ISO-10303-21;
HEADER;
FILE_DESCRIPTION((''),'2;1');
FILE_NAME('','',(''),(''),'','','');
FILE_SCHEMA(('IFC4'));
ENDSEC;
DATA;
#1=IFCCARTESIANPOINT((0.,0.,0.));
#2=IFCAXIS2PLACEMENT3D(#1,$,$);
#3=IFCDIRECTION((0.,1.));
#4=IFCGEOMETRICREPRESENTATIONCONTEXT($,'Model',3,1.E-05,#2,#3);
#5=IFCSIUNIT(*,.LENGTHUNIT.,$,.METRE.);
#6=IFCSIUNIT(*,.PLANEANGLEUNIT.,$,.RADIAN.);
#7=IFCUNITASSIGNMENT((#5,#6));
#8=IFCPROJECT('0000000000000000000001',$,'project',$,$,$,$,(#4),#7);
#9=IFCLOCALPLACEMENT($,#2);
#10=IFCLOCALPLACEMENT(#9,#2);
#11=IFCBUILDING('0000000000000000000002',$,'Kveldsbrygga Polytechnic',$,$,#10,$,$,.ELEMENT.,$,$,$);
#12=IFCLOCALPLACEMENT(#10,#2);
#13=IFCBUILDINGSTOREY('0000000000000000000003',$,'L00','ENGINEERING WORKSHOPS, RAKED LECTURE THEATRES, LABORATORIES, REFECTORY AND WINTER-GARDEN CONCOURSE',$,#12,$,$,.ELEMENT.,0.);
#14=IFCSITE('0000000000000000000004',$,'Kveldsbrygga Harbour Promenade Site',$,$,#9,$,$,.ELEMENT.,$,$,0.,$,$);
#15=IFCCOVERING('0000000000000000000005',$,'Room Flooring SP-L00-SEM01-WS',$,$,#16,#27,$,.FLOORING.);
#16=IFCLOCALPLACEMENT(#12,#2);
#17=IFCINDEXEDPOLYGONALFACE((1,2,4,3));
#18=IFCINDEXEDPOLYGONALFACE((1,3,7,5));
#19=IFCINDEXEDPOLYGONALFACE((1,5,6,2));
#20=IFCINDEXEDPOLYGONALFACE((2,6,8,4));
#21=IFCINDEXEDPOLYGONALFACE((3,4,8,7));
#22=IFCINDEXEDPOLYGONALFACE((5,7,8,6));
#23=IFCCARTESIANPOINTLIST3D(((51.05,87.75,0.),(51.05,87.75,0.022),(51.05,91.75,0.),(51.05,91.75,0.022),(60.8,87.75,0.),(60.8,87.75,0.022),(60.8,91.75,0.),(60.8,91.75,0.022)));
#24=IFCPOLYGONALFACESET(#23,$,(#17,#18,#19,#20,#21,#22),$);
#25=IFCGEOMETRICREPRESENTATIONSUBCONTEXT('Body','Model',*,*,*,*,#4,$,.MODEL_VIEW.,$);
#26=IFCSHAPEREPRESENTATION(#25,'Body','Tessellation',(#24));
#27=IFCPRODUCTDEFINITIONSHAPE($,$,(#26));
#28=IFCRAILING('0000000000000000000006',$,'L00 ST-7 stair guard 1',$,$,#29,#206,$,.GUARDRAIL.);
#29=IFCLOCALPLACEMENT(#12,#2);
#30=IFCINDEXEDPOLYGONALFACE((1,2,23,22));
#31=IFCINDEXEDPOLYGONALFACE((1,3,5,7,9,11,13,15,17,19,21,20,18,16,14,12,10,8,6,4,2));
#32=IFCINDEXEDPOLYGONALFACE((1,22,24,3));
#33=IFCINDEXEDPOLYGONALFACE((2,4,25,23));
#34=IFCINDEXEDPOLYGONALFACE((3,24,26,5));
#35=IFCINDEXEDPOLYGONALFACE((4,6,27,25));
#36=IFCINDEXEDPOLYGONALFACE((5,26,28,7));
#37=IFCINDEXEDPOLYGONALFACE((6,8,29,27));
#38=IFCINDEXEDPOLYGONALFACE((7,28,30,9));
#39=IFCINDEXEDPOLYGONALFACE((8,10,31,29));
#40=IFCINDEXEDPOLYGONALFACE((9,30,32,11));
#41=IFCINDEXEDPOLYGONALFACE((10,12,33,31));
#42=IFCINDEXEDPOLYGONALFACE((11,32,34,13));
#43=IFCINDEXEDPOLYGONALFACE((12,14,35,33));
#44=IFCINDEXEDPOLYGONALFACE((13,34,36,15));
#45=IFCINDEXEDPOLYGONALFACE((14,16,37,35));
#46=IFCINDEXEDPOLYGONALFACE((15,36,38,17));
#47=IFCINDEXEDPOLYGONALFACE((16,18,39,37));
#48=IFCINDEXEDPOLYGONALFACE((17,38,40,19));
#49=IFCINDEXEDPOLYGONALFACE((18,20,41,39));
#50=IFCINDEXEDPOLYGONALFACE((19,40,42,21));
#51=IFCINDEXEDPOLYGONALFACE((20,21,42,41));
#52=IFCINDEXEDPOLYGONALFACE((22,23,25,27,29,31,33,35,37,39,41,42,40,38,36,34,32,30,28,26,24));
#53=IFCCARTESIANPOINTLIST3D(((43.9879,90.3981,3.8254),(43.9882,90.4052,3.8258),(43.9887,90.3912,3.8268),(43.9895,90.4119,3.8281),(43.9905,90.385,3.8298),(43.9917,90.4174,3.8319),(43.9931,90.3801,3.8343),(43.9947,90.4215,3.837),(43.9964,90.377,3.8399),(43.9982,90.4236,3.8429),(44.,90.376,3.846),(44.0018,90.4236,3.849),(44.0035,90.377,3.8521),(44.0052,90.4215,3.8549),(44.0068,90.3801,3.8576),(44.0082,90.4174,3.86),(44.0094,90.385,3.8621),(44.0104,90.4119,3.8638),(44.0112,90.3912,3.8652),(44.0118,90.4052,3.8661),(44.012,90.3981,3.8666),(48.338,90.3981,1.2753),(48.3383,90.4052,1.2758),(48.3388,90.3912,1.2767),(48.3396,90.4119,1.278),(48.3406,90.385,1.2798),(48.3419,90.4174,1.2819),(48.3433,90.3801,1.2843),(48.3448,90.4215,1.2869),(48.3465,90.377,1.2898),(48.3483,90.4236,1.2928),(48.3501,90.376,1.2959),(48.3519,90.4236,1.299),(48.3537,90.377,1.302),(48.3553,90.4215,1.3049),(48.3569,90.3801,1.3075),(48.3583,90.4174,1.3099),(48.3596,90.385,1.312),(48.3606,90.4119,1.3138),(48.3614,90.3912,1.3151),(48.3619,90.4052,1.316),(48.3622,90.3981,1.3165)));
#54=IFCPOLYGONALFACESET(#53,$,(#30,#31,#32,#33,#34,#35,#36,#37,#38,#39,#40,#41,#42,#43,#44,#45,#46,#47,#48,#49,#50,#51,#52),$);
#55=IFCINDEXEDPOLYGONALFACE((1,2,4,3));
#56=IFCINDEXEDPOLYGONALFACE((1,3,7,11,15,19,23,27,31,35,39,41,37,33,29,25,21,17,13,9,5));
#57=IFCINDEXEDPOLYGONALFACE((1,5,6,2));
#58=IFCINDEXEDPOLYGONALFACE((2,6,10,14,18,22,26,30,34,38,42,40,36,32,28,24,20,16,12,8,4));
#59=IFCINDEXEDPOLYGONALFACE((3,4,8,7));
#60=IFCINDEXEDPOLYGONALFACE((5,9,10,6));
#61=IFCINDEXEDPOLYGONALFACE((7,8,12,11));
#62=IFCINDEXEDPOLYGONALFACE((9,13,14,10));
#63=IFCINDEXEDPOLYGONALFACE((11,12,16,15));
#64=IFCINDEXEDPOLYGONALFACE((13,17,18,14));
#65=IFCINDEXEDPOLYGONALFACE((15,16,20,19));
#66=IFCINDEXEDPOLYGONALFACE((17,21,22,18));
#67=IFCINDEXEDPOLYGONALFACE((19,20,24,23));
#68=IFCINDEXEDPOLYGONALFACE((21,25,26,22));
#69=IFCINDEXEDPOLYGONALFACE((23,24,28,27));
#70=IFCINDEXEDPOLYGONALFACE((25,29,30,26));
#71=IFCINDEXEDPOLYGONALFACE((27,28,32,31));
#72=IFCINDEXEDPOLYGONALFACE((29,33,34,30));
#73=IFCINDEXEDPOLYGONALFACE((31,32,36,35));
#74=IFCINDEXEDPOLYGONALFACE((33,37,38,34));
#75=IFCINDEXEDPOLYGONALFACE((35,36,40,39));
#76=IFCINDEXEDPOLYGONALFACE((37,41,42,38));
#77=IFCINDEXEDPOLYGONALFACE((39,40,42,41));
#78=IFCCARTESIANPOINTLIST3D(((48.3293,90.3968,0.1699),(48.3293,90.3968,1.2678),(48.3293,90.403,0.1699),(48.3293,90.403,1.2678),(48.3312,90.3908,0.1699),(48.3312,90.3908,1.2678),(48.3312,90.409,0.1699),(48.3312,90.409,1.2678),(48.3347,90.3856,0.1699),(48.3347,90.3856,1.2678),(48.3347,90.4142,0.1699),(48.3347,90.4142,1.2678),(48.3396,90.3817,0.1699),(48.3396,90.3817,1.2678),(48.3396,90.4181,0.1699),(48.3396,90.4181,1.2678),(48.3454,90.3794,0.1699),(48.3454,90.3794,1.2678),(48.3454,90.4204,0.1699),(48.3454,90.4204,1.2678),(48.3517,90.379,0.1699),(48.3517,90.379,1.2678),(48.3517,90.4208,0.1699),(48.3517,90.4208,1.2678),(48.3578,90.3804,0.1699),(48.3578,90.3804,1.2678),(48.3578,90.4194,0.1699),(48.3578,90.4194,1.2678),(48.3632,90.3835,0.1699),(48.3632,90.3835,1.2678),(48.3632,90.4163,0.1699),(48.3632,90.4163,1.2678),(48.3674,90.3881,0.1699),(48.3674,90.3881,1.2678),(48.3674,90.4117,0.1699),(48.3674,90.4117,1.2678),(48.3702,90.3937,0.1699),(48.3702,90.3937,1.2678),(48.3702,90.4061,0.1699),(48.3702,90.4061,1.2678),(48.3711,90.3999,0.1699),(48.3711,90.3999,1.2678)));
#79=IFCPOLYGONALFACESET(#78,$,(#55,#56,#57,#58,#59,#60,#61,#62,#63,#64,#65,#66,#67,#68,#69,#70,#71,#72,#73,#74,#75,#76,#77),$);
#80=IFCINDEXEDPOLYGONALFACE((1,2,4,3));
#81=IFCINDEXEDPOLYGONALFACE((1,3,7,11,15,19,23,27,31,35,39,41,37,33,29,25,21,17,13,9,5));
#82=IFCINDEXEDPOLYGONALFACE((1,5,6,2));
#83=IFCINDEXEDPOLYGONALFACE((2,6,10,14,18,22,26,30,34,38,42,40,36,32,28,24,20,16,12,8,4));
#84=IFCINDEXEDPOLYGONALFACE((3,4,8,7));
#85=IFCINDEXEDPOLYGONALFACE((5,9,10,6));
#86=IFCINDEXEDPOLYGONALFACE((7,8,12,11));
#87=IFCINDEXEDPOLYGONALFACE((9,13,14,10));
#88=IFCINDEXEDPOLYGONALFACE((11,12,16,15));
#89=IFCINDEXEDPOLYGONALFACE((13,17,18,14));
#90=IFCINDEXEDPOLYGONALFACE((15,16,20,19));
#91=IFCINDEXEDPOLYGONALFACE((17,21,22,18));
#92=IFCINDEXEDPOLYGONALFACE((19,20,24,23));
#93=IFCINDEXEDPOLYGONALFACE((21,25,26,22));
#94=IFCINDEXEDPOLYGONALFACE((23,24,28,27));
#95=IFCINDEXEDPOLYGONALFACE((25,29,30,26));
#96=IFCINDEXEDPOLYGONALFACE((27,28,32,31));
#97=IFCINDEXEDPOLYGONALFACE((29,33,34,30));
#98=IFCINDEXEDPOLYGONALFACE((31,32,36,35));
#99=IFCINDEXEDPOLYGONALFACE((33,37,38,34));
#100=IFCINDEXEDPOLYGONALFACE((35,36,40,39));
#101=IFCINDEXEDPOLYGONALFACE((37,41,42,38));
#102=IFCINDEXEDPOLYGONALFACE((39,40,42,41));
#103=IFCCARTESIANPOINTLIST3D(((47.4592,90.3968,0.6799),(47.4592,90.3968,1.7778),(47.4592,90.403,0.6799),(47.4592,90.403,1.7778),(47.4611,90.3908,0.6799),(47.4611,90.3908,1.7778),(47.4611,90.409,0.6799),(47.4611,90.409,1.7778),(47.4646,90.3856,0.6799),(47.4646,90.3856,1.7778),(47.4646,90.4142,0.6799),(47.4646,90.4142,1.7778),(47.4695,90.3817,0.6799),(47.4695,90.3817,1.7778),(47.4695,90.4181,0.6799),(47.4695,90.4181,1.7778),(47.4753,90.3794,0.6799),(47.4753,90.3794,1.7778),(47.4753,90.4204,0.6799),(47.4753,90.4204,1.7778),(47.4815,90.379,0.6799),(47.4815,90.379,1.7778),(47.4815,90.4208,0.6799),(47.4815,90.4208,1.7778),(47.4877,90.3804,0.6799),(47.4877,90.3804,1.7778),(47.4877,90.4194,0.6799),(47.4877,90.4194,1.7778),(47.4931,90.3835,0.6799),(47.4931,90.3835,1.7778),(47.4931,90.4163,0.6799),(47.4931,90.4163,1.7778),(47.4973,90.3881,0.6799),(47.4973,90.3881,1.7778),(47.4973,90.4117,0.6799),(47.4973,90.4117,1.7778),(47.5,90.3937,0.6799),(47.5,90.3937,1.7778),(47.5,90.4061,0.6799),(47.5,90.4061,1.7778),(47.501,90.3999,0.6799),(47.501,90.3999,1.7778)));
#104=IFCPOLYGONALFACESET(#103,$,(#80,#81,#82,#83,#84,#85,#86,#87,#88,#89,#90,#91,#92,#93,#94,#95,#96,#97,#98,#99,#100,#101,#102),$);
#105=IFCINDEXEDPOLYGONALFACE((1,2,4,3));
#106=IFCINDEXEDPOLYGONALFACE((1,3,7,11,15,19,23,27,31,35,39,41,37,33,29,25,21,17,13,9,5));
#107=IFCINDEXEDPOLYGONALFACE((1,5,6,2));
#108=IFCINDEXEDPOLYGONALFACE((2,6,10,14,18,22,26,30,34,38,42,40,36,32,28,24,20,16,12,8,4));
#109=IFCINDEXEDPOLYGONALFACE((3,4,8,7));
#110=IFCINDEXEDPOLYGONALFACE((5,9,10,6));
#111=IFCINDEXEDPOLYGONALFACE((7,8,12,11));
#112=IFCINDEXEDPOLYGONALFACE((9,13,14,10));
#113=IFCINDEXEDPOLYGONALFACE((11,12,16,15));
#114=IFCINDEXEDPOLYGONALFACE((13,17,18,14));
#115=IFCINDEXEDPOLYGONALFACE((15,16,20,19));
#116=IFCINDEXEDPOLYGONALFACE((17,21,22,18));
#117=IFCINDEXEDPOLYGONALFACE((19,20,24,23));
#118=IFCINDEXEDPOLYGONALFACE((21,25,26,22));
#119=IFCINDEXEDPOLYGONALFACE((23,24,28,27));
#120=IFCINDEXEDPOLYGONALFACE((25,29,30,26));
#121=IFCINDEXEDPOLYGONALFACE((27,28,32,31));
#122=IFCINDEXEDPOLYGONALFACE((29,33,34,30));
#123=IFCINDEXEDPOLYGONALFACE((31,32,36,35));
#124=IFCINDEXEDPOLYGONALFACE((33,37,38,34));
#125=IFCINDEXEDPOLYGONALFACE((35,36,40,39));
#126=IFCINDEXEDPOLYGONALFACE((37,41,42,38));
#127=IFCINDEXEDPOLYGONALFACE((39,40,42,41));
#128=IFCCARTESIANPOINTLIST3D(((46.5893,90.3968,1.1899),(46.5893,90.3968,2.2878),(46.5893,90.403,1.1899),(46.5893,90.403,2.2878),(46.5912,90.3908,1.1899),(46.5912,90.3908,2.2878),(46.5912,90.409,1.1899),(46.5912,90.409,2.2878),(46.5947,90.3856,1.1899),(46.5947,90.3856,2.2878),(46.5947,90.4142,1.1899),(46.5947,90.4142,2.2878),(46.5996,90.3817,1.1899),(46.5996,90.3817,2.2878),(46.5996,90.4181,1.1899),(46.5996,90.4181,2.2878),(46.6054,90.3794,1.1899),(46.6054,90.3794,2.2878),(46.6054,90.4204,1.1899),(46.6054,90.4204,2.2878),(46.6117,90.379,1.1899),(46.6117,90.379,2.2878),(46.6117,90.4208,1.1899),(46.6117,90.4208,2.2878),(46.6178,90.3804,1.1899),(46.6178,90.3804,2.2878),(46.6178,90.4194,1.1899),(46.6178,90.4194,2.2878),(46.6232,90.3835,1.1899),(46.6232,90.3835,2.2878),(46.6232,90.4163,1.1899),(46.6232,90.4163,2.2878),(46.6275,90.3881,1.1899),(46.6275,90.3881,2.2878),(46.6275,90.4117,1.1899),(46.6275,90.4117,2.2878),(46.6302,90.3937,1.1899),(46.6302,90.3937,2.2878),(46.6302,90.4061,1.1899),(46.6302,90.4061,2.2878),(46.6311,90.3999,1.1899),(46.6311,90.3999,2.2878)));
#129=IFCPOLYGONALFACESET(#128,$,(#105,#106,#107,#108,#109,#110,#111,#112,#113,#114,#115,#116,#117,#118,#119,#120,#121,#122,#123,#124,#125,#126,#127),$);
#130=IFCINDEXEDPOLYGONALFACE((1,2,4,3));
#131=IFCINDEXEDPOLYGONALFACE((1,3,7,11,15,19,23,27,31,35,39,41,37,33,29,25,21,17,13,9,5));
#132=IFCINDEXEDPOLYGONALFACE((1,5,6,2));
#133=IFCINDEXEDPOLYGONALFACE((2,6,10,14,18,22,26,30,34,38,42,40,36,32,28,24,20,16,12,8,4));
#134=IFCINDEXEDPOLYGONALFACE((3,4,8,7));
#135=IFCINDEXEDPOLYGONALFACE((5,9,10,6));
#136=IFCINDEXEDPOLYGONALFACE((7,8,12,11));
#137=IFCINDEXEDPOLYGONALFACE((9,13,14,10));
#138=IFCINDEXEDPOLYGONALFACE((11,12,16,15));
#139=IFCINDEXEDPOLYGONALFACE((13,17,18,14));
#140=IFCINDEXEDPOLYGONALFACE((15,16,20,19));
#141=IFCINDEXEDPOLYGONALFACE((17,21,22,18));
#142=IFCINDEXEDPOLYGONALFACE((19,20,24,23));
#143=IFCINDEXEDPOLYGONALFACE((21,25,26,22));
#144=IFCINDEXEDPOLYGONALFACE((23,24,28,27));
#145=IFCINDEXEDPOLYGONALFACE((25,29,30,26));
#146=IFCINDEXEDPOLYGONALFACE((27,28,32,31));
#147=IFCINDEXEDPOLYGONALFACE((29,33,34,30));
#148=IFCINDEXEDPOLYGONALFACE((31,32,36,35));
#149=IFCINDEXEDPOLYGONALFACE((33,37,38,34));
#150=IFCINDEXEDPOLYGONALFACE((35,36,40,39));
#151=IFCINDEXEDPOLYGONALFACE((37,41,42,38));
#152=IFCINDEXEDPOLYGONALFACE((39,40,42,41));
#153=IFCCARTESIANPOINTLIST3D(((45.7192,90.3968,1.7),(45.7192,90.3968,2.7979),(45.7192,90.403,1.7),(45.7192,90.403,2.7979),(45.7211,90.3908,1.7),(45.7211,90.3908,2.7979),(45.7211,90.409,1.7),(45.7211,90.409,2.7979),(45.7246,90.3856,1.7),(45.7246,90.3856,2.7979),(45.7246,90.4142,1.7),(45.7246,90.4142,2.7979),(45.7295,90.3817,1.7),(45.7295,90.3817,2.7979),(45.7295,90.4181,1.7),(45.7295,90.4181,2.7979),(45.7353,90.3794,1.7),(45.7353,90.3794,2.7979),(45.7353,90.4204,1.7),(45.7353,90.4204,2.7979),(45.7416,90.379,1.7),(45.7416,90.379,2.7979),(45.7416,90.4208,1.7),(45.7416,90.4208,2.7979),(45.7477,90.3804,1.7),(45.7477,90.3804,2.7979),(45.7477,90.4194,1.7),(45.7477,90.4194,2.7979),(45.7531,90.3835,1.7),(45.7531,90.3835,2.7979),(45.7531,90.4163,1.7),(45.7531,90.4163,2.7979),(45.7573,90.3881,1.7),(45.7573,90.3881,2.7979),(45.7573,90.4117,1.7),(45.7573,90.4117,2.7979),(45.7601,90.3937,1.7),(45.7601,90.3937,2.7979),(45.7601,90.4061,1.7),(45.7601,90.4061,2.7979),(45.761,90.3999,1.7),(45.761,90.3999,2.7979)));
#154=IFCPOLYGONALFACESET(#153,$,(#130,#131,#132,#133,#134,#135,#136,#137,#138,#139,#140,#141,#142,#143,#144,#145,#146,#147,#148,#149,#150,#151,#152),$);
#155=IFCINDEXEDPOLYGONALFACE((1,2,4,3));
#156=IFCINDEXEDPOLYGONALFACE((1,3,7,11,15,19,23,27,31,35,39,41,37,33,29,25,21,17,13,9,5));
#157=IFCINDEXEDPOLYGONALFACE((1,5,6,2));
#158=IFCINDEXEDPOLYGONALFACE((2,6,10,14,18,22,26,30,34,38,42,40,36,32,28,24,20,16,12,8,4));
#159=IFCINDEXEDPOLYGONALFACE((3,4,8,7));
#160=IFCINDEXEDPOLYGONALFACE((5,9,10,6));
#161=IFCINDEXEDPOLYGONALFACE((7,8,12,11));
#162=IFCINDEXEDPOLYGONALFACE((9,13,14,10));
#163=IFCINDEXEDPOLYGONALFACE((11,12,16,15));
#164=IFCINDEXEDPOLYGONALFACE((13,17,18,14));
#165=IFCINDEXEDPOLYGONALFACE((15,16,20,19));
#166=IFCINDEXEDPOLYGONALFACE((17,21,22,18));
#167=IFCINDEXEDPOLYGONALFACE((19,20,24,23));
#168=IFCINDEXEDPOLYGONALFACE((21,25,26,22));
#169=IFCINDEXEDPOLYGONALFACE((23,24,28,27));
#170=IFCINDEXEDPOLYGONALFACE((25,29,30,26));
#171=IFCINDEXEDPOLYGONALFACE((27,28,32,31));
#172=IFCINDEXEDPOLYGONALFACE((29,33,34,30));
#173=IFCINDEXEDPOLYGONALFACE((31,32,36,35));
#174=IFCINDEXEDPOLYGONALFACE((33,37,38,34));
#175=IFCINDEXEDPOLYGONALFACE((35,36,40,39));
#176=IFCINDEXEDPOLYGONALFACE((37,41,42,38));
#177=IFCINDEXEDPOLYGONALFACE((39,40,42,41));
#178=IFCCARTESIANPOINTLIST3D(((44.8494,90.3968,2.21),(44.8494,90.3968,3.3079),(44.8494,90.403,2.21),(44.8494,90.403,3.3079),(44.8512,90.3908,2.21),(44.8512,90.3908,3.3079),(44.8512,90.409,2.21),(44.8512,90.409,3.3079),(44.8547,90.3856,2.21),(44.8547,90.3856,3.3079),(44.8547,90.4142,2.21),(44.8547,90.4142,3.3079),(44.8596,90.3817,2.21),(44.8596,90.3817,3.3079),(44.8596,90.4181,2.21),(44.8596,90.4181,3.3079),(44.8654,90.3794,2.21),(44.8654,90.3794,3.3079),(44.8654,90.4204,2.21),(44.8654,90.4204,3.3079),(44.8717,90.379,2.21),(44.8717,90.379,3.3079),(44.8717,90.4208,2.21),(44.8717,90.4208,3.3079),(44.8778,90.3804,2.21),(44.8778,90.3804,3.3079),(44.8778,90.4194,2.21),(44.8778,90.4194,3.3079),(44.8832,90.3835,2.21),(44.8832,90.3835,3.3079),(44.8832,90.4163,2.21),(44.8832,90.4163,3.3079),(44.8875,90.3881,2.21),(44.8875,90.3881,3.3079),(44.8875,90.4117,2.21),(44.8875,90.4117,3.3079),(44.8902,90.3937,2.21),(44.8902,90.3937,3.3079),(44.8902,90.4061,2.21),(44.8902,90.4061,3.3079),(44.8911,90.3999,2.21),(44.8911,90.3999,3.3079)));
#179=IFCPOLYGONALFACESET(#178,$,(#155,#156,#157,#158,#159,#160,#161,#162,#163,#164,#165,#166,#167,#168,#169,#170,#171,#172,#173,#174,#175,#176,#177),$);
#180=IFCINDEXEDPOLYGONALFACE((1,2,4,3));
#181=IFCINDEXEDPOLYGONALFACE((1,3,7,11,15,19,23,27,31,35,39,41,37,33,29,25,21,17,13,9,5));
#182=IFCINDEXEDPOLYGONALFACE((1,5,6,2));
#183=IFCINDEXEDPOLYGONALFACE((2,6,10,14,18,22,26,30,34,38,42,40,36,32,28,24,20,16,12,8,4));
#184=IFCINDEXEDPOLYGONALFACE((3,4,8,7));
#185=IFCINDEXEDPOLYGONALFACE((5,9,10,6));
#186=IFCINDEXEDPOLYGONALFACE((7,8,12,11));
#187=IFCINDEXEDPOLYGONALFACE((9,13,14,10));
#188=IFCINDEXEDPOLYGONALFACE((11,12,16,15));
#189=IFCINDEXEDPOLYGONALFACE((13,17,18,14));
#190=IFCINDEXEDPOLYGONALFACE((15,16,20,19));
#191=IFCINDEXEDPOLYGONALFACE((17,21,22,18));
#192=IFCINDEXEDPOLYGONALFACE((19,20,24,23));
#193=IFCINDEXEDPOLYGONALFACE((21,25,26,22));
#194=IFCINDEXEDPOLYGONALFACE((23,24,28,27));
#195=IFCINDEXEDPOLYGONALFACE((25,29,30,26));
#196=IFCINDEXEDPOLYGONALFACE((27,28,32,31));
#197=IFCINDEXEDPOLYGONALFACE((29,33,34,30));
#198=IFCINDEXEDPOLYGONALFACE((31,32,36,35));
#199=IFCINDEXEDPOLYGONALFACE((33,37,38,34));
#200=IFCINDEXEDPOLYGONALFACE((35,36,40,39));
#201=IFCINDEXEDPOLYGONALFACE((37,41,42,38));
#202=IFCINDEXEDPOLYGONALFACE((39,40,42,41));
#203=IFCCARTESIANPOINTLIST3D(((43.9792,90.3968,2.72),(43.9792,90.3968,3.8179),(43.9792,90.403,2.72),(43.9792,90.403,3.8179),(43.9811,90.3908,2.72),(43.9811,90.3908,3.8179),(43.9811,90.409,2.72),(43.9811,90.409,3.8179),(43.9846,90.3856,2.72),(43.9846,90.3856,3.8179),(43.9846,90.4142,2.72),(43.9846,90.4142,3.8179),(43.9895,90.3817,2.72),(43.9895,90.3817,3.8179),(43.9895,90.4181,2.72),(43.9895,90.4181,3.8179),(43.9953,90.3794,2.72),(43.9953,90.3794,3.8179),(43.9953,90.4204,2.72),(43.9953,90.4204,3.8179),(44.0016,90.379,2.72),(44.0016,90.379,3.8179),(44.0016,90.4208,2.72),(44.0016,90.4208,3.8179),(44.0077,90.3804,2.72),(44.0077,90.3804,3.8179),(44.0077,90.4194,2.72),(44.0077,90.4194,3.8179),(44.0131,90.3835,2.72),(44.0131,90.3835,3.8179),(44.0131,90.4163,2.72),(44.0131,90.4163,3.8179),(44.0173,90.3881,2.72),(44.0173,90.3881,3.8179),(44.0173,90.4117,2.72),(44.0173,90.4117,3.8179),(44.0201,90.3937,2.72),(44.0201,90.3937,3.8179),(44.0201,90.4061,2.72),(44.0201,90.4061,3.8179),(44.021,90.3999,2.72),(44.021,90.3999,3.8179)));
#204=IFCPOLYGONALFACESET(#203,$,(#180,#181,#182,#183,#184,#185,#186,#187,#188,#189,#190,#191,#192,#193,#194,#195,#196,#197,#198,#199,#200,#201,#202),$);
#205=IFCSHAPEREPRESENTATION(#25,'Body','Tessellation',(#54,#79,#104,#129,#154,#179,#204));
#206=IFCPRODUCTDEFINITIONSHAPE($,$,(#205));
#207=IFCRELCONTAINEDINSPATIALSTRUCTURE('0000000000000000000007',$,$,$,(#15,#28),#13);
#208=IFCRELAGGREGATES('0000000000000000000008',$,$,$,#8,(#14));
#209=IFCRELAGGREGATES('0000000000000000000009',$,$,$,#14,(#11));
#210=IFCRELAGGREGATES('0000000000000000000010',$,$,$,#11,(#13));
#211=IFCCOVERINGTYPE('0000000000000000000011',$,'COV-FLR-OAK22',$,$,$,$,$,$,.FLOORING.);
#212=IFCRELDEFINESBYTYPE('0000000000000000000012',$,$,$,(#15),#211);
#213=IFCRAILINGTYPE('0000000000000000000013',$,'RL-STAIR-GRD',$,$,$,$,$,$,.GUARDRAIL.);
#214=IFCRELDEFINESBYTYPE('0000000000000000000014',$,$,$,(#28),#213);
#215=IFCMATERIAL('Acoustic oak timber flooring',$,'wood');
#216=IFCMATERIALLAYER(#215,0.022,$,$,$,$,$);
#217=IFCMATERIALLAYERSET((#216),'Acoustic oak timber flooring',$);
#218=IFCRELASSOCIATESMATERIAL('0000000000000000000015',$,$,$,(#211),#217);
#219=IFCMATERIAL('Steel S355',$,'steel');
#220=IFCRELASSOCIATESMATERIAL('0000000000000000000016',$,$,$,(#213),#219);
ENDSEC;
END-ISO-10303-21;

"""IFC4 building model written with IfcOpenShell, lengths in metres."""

from ifc_helpers import new_model, si_unit, direction, frame, origin, origin_2d, place, context, subcontext, project, spatial, rectangle, circle, extrude, material, layer, layer_set, type_object, element, save


model = new_model("IFC4")

# Units and contexts
model_context = context("Model", 3, precision=1e-05, world=origin(), true_north=direction((0.0, 1.0)))
body_context = subcontext(model_context, "Body", "Model", "MODEL_VIEW")
ifc_project = project(units=[si_unit("LENGTHUNIT", "METRE"), si_unit("PLANEANGLEUNIT", "RADIAN")], contexts=[model_context])

# Site, building, storey
site_placement = place(None, origin())
site = spatial("IfcSite", under=ifc_project, at=site_placement, Name="Kveldsbrygga Harbour Promenade Site", CompositionType="ELEMENT", RefElevation=0.0)
building_placement = place(site_placement, origin())
building = spatial("IfcBuilding", under=site, at=building_placement, Name="Kveldsbrygga Polytechnic", CompositionType="ELEMENT")
storey_placement = place(building_placement, origin())
storey = spatial("IfcBuildingStorey", under=building, at=storey_placement, Name="L00", Description="ENGINEERING WORKSHOPS, RAKED LECTURE THEATRES, LABORATORIES, REFECTORY AND WINTER-GARDEN CONCOURSE", CompositionType="ELEMENT", Elevation=0.0)

# Covering
ifc_material_1 = material(Name="Acoustic oak timber flooring", Category="wood")
ifc_layer_1 = layer(ifc_material_1, 0.022)
ifc_layer_set_1 = layer_set([ifc_layer_1], Name="Acoustic oak timber flooring")
covering_type_1 = type_object("IfcCoveringType", Name="COV-FLR-OAK22", PredefinedType="FLOORING", material=ifc_layer_set_1)
covering_1_placement = place(storey_placement, frame((55.925, 89.75, 0.0), z_axis=(0.0, 0.0, 1.0), x_axis=(1.0, 0.0, 0.0)))
element("IfcCovering", 1, at=covering_1_placement, inside=storey, type_object=covering_type_1, Name="Room Flooring SP-L00-SEM01-WS", PredefinedType="FLOORING", context=body_context, shape_type="SweptSolid", body=[
    extrude(rectangle(XDim=9.75, YDim=4.0, at=origin_2d()), origin(), (0.0, 0.0, 1.0), 0.022),
])

# Railing
ifc_material_2 = material(Name="Steel S355", Category="steel")
railing_type_1 = type_object("IfcRailingType", Name="RL-STAIR-GRD", PredefinedType="GUARDRAIL", material=ifc_material_2)
railing_1_placement = place(storey_placement, frame((48.3501, 90.3999, 0.1699)))
element("IfcRailing", 2, at=railing_1_placement, inside=storey, type_object=railing_type_1, Name="L00 ST-7 stair guard 1", PredefinedType="GUARDRAIL", context=body_context, shape_type="SweptSolid", body=[
    extrude(circle(Radius=0.0239, at=origin_2d()), frame((0.0, 0.0, 1.126), z_axis=(-0.862699, 0.0, 0.505718), x_axis=(0.0, -1.0, 0.0)), (0.0, 0.0, 1.0), 5.0425),
    extrude(circle(Radius=0.021, at=origin_2d()), origin(), (0.0, 0.0, 1.0), 1.0979),
    extrude(circle(Radius=0.021, at=origin_2d()), frame((-0.8701, 0.0, 0.51)), (0.0, 0.0, 1.0), 1.0979),
    extrude(circle(Radius=0.021, at=origin_2d()), frame((-1.74, 0.0, 1.02)), (0.0, 0.0, 1.0), 1.0979),
    extrude(circle(Radius=0.021, at=origin_2d()), frame((-2.6101, 0.0, 1.53)), (0.0, 0.0, 1.0), 1.0979),
    extrude(circle(Radius=0.021, at=origin_2d()), frame((-3.48, 0.0, 2.04)), (0.0, 0.0, 1.0), 1.0979),
    extrude(circle(Radius=0.021, at=origin_2d()), frame((-4.3501, 0.0, 2.55)), (0.0, 0.0, 1.0), 1.0979),
])

save(model, "model.ifc")
